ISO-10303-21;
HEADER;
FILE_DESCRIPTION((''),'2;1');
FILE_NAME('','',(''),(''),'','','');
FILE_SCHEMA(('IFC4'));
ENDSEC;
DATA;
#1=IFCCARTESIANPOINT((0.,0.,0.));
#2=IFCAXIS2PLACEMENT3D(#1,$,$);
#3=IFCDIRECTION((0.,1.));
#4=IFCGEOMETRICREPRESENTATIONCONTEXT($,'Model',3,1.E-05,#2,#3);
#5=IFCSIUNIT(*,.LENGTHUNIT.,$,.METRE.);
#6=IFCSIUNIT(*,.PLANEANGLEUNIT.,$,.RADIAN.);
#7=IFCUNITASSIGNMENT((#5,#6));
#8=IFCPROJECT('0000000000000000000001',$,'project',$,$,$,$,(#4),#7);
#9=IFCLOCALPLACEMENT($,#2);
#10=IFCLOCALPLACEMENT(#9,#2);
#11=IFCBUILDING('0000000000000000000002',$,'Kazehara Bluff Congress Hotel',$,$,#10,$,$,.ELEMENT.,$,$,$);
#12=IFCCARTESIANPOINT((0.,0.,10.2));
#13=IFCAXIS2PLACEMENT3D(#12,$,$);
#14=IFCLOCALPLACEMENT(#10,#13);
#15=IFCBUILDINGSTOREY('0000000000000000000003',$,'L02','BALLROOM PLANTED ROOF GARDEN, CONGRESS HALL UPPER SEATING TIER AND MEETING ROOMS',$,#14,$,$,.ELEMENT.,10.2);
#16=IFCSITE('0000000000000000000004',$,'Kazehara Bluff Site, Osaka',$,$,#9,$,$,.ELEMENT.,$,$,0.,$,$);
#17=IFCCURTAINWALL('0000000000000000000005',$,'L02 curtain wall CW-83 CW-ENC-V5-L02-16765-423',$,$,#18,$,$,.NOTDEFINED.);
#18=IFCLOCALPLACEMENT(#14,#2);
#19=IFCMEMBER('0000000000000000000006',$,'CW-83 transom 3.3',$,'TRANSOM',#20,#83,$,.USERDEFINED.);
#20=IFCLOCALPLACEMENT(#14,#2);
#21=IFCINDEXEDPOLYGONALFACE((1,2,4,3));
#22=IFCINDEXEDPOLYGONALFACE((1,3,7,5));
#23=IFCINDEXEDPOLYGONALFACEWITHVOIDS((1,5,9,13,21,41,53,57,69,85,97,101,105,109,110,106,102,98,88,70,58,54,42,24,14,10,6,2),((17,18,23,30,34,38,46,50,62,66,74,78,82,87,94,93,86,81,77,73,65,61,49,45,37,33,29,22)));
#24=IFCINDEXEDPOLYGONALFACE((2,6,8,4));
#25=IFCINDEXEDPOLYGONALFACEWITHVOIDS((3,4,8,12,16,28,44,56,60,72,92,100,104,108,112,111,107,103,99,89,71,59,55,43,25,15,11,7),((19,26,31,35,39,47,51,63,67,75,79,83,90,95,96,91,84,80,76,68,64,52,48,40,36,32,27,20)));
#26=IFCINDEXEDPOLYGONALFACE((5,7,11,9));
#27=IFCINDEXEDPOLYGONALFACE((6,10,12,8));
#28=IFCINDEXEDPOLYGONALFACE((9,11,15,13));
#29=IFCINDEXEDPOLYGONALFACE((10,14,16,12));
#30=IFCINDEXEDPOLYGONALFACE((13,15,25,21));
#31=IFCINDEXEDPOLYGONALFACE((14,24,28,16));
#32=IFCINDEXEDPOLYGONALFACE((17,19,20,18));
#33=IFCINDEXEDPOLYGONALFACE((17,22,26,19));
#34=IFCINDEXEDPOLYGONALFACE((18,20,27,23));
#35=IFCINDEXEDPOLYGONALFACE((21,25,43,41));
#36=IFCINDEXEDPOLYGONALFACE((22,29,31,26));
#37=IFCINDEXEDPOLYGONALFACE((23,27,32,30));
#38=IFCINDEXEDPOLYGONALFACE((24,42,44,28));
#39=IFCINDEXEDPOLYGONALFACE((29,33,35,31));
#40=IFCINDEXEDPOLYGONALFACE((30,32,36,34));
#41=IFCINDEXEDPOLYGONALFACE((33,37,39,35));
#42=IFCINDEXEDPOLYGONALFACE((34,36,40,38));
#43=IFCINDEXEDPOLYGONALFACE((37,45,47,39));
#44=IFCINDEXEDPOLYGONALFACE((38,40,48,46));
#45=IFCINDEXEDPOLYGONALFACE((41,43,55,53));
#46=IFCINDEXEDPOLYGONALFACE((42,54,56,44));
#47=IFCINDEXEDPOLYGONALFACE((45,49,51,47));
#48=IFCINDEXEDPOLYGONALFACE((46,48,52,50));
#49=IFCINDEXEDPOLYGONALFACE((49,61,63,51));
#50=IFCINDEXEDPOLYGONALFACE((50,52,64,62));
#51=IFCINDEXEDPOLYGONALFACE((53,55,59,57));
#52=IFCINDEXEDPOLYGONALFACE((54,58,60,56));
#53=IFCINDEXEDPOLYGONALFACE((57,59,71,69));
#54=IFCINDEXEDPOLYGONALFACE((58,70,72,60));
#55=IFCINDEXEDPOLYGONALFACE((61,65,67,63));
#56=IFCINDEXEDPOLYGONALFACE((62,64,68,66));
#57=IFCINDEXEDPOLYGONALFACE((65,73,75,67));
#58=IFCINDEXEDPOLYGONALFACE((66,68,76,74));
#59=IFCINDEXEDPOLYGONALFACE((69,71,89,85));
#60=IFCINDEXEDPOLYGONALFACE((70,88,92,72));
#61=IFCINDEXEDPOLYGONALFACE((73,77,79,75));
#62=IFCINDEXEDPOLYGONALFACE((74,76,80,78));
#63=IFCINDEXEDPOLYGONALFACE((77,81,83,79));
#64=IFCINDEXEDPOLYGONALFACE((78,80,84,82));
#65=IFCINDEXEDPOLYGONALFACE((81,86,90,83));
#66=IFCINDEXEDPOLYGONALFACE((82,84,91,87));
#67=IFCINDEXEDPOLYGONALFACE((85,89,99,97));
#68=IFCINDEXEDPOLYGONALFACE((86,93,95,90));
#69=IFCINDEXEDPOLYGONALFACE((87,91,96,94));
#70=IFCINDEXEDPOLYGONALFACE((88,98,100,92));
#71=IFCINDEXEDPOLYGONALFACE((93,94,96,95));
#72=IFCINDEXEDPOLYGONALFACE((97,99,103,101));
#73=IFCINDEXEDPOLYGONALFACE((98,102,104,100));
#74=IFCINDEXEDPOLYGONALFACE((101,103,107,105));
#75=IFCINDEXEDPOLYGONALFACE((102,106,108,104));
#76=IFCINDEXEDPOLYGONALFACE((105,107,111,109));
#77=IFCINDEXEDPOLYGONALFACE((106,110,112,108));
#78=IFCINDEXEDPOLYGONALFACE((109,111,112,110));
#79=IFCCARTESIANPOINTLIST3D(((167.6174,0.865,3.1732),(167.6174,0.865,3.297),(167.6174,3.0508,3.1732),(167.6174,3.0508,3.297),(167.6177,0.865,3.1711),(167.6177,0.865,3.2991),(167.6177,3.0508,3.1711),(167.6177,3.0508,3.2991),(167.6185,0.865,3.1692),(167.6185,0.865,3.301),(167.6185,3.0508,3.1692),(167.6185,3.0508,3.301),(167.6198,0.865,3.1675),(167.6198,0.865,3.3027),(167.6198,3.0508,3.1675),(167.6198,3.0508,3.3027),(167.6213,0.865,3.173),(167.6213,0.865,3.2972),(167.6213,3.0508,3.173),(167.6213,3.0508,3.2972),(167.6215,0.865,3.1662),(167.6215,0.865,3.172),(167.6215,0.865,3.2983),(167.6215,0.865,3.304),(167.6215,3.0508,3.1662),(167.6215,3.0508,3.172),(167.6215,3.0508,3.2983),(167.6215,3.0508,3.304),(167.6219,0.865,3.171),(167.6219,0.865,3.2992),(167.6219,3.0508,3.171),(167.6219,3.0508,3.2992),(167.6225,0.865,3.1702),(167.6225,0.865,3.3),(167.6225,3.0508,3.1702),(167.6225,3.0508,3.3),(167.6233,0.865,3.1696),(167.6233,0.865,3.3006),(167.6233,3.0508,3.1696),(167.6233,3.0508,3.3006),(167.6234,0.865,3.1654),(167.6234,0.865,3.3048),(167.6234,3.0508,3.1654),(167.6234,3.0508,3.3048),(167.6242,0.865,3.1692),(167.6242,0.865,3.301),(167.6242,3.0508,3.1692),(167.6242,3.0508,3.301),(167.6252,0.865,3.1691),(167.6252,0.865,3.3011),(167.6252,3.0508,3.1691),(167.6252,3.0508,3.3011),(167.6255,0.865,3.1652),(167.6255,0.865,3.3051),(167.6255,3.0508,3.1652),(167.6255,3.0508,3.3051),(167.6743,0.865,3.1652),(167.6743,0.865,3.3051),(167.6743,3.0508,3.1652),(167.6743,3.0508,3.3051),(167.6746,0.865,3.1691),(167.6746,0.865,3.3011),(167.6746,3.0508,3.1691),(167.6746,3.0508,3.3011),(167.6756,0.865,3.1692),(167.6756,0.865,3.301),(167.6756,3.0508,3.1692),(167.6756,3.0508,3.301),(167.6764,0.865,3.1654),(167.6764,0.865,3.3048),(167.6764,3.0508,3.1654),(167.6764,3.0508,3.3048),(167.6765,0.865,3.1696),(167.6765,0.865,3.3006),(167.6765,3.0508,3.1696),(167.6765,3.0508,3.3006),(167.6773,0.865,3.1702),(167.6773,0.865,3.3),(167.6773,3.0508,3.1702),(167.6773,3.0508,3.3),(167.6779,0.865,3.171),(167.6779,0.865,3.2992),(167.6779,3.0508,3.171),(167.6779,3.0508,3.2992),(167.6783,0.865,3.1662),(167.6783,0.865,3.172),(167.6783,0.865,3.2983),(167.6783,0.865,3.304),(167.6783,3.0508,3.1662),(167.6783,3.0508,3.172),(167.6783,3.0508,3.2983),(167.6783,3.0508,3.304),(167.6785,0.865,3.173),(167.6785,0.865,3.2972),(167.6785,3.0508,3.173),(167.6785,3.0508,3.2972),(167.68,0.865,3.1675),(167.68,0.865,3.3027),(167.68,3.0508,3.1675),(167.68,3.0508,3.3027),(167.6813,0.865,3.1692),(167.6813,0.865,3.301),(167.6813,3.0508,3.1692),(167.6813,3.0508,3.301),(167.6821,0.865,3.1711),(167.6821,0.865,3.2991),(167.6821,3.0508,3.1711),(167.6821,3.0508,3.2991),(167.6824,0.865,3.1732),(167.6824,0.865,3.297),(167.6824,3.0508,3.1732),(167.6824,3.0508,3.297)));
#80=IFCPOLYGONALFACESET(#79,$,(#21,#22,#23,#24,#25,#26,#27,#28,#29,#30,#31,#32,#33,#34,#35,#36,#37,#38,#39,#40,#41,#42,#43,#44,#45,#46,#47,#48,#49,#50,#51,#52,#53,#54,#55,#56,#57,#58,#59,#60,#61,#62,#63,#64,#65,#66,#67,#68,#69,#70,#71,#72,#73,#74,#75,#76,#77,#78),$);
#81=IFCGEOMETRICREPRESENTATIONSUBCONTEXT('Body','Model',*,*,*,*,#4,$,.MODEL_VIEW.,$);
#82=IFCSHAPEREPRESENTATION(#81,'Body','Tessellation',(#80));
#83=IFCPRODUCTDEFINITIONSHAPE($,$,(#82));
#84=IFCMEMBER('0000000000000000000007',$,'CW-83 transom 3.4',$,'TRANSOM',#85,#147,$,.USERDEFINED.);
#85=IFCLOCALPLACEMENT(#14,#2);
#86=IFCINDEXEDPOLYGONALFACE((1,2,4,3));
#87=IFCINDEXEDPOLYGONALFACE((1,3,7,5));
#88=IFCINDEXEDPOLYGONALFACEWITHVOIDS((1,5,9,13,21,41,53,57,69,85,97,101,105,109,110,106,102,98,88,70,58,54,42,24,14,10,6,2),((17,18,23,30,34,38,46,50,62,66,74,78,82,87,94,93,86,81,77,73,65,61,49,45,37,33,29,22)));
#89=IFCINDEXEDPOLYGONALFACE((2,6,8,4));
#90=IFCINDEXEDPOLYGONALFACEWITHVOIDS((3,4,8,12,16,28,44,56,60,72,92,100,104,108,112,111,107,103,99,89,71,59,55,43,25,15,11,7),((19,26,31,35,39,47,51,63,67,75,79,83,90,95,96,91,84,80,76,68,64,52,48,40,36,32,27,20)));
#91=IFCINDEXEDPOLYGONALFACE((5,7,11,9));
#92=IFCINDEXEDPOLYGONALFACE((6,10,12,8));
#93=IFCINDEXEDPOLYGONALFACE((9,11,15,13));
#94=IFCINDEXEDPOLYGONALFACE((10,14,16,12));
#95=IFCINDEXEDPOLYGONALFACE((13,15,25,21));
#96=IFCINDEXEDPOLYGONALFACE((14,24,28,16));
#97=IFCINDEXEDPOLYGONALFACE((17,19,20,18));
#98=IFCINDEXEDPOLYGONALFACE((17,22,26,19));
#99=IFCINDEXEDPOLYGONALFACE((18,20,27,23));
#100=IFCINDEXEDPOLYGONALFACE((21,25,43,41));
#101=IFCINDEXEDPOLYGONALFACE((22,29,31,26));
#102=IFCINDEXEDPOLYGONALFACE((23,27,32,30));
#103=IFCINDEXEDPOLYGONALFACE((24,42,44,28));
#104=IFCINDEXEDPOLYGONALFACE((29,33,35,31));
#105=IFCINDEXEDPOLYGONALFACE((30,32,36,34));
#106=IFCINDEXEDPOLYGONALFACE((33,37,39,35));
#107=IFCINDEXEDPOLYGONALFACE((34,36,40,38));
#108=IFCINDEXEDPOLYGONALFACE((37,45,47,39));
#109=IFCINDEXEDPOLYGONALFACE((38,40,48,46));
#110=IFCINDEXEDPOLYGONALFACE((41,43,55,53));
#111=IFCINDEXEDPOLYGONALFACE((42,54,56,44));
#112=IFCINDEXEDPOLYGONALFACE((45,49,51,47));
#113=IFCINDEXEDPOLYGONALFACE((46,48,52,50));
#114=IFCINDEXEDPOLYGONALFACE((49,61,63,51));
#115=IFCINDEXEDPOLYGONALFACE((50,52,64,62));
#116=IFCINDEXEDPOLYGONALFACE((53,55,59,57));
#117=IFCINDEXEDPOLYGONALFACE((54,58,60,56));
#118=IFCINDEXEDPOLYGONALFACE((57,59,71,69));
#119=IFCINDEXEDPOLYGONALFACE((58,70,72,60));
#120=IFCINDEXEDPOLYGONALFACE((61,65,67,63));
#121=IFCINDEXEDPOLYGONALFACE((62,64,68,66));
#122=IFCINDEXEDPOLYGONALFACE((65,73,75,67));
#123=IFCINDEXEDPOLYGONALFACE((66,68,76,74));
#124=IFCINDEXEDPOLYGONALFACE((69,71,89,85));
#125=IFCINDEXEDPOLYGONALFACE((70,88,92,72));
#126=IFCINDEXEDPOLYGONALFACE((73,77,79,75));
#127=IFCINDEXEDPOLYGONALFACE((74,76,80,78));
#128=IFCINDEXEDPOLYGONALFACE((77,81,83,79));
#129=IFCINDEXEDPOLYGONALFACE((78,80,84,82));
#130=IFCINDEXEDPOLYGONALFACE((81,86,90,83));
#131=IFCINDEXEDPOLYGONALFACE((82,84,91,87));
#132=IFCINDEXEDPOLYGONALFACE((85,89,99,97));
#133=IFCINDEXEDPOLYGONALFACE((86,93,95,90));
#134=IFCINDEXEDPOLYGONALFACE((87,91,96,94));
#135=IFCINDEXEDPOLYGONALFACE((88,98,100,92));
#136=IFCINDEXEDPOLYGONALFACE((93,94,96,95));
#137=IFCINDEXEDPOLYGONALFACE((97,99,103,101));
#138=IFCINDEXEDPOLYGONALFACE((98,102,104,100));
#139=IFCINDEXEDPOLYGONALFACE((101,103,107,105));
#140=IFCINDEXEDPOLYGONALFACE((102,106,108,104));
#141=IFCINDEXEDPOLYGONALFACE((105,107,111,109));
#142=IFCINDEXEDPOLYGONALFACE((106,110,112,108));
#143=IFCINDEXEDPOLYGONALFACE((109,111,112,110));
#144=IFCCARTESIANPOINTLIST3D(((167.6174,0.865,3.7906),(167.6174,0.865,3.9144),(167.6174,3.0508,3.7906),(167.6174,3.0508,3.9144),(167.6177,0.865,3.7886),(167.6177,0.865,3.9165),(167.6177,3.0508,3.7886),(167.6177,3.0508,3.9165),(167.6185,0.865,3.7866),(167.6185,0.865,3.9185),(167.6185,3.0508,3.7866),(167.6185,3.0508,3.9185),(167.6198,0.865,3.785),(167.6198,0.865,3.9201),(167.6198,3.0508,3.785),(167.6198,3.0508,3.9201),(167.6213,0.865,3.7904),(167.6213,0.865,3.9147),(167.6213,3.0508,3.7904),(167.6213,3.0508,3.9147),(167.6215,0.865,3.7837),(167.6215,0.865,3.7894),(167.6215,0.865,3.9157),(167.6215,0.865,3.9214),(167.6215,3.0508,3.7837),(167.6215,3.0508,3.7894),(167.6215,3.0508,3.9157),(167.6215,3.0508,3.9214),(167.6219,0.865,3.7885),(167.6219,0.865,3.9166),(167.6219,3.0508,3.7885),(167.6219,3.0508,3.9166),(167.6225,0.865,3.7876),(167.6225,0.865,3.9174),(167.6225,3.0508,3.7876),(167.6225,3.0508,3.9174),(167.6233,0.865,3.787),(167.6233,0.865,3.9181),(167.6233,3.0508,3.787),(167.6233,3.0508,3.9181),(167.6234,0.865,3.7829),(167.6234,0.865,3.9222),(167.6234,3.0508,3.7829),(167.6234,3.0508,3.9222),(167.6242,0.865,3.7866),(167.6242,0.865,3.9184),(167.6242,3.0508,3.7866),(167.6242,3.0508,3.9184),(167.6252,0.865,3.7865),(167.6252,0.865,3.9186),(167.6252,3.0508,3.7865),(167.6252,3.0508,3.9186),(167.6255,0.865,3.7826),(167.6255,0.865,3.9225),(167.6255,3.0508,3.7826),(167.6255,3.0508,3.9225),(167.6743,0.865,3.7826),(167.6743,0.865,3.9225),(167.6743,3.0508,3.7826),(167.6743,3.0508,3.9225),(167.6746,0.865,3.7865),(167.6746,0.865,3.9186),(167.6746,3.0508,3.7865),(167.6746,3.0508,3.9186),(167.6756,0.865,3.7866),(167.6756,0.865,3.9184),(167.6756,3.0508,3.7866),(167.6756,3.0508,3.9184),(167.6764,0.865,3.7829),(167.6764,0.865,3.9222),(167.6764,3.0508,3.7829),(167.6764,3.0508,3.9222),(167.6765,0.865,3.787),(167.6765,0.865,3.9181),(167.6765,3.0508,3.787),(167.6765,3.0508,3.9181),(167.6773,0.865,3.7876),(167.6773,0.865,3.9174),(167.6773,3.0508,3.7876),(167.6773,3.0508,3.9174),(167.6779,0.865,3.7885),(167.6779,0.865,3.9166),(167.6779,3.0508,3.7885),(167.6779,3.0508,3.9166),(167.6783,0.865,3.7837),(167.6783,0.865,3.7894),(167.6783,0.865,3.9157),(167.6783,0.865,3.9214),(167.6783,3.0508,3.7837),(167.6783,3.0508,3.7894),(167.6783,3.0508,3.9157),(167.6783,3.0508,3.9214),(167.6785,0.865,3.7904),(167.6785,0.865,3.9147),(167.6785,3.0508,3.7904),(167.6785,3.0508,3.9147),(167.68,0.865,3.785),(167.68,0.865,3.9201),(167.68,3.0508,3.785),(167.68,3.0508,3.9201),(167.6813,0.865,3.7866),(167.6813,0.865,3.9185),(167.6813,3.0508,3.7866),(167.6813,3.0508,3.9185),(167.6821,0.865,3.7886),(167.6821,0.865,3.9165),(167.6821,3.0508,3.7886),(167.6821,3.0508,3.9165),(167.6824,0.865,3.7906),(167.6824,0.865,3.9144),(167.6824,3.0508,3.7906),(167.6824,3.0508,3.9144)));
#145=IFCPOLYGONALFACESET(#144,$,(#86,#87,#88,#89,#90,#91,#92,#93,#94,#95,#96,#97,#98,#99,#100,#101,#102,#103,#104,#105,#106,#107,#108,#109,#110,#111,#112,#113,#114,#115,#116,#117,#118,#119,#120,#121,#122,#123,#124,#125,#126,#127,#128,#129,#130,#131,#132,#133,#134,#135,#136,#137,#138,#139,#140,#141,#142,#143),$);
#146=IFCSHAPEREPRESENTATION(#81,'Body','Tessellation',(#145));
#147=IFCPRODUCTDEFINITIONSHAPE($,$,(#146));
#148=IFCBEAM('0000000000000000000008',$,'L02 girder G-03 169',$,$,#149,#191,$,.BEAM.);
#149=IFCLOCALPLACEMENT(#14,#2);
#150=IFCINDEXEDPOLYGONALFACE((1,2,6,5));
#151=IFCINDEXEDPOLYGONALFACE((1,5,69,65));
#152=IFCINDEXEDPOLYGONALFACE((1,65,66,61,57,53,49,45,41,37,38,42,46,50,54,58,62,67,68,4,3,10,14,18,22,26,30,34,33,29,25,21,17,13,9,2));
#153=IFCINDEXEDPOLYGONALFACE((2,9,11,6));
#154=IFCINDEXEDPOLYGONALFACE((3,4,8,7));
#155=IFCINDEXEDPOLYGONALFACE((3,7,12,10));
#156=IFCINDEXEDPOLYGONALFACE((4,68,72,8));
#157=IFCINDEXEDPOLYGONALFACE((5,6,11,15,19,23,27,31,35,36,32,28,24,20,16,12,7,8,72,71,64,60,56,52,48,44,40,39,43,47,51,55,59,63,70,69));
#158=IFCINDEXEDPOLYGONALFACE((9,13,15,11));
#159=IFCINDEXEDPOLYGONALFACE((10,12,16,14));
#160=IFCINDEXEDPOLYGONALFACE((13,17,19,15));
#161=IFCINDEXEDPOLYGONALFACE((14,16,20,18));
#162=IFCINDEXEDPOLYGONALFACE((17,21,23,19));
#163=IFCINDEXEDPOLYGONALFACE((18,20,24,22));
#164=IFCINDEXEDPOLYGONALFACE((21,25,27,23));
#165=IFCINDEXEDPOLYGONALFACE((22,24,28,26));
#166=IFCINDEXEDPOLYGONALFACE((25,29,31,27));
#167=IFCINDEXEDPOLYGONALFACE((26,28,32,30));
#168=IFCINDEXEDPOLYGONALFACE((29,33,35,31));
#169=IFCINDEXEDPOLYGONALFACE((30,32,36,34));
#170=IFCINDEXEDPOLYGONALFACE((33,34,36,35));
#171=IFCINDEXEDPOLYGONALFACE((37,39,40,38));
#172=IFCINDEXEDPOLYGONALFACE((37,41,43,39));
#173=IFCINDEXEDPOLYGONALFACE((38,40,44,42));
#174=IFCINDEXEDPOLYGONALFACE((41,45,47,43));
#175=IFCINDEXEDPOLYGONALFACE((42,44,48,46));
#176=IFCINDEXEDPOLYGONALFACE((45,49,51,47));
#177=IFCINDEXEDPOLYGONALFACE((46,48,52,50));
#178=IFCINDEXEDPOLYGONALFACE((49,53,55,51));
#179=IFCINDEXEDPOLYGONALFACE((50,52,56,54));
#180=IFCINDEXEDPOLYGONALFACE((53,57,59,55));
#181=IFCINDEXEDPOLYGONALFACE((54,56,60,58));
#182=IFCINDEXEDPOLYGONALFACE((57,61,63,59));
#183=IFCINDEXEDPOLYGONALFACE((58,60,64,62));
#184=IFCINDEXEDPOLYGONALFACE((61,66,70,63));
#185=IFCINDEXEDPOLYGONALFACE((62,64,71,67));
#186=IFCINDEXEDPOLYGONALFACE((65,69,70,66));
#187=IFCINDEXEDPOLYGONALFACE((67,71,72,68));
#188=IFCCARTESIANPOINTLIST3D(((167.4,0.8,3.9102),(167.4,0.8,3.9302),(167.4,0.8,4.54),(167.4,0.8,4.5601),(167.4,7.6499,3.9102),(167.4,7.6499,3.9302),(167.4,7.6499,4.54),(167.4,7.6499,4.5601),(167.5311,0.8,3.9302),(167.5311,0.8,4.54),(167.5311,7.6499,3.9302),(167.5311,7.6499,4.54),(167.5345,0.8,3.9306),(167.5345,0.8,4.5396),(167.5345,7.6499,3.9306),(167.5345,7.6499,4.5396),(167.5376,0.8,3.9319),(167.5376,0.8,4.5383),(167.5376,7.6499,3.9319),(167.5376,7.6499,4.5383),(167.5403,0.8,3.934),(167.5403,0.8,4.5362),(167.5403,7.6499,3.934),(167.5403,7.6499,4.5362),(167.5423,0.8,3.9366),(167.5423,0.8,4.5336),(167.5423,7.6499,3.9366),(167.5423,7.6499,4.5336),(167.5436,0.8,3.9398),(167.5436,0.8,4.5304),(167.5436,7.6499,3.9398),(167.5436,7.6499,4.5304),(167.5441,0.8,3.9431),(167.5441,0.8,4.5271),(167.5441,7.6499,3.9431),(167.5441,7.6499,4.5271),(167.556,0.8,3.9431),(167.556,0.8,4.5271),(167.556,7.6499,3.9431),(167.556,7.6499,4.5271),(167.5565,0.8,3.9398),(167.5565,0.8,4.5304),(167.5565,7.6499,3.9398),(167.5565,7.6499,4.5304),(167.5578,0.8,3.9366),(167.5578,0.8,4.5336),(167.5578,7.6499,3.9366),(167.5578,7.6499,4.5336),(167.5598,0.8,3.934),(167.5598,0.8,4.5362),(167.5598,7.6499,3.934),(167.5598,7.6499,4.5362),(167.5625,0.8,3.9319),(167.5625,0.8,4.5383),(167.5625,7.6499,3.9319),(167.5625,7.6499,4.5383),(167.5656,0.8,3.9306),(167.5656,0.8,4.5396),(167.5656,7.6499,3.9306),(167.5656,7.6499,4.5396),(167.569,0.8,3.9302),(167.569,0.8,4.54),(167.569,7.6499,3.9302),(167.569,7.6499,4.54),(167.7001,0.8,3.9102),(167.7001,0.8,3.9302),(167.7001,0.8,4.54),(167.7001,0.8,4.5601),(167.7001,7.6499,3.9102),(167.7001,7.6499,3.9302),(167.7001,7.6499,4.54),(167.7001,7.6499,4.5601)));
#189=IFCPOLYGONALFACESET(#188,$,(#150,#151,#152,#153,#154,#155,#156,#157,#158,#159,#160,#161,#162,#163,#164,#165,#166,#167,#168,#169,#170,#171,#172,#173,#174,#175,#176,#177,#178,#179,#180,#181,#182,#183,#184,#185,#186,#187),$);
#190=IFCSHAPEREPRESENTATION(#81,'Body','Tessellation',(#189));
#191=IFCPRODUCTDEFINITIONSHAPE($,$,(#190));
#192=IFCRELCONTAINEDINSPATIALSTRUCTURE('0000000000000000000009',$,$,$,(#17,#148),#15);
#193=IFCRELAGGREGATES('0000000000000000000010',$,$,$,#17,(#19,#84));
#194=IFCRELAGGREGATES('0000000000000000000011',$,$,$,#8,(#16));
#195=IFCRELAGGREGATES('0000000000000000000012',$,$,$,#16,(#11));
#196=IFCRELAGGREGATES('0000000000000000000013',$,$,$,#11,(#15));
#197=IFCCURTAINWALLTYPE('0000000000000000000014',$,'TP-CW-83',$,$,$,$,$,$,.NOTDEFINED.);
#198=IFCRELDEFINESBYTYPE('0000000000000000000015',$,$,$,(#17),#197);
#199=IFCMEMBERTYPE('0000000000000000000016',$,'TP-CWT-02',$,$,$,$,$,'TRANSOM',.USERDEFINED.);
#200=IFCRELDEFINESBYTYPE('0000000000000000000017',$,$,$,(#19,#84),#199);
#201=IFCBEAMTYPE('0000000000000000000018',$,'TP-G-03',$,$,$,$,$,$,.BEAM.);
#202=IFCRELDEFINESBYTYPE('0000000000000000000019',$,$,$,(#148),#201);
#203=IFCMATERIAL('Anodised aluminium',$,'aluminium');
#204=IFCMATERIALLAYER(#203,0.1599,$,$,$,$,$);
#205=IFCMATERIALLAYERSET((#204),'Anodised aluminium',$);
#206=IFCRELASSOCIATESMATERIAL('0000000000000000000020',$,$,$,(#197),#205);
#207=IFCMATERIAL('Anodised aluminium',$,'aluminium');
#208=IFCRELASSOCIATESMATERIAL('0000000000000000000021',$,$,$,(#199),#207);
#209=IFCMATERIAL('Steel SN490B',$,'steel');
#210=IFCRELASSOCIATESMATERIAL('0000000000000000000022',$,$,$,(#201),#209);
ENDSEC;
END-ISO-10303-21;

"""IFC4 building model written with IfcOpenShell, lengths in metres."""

from ifc_helpers import new_model, si_unit, direction, frame, origin, origin_2d, place, context, subcontext, project, spatial, hollow_rectangle, i_section, extrude, material, layer, layer_set, material_profile, profile_set, type_object, element, aggregate, save


model = new_model("IFC4")

# Units and contexts
model_context = context("Model", 3, precision=1e-05, world=origin(), true_north=direction((0.0, 1.0)))
body_context = subcontext(model_context, "Body", "Model", "MODEL_VIEW")
ifc_project = project(units=[si_unit("LENGTHUNIT", "METRE"), si_unit("PLANEANGLEUNIT", "RADIAN")], contexts=[model_context])

# Site, building, storey
site_placement = place(None, origin())
site = spatial("IfcSite", under=ifc_project, at=site_placement, Name="Kazehara Bluff Site, Osaka", CompositionType="ELEMENT", RefElevation=0.0)
building_placement = place(site_placement, origin())
building = spatial("IfcBuilding", under=site, at=building_placement, Name="Kazehara Bluff Congress Hotel", CompositionType="ELEMENT")
storey_placement = place(building_placement, frame((0.0, 0.0, 10.2)))
storey = spatial("IfcBuildingStorey", under=building, at=storey_placement, Name="L02", Description="BALLROOM PLANTED ROOF GARDEN, CONGRESS HALL UPPER SEATING TIER AND MEETING ROOMS", CompositionType="ELEMENT", Elevation=10.2)

# Curtain wall
ifc_material_1 = material(Name="Anodised aluminium", Category="aluminium")
ifc_layer_1 = layer(ifc_material_1, 0.1599)
ifc_layer_set_1 = layer_set([ifc_layer_1], Name="Anodised aluminium")
curtain_wall_type_1 = type_object("IfcCurtainWallType", Name="TP-CW-83", PredefinedType="NOTDEFINED", material=ifc_layer_set_1)
curtain_wall_1_placement = place(storey_placement, origin())
curtain_wall_1 = element("IfcCurtainWall", 1, at=curtain_wall_1_placement, inside=storey, type_object=curtain_wall_type_1, Name="L02 curtain wall CW-83 CW-ENC-V5-L02-16765-423", PredefinedType="NOTDEFINED")

# Members
ifc_material_2 = material(Name="Anodised aluminium", Category="aluminium")
ifc_material_profile_1 = material_profile(ifc_material_2, hollow_rectangle(XDim=0.0649, YDim=0.1399, WallThickness=0.0039, InnerFilletRadius=0.0039, OuterFilletRadius=0.0081, at=origin_2d()))
ifc_profile_set_1 = profile_set([ifc_material_profile_1], Name="Anodised aluminium")
member_type_1 = type_object("IfcMemberType", Name="TP-CWT-02", ElementType="TRANSOM", PredefinedType="USERDEFINED", material=ifc_profile_set_1)
member_1_placement = place(storey_placement, frame((167.6499, 3.0508, 3.2351), z_axis=(0.0, -1.0, 0.0), x_axis=(1.0, 0.0, 0.0)))
member_1 = element("IfcMember", 2, at=member_1_placement, type_object=member_type_1, Name="CW-83 transom 3.3", ObjectType="TRANSOM", PredefinedType="USERDEFINED", context=body_context, shape_type="SweptSolid", body=[
    extrude(hollow_rectangle(XDim=0.0649, YDim=0.1399, WallThickness=0.0039, InnerFilletRadius=0.0039, OuterFilletRadius=0.0081, at=origin_2d()), origin(), (0.0, 0.0, 1.0), 2.1858),
])
member_2_placement = place(storey_placement, frame((167.6499, 3.0508, 3.8525), z_axis=(0.0, -1.0, 0.0), x_axis=(1.0, 0.0, 0.0)))
member_2 = element("IfcMember", 3, at=member_2_placement, type_object=member_type_1, Name="CW-83 transom 3.4", ObjectType="TRANSOM", PredefinedType="USERDEFINED", context=body_context, shape_type="SweptSolid", body=[
    extrude(hollow_rectangle(XDim=0.0649, YDim=0.1399, WallThickness=0.0039, InnerFilletRadius=0.0039, OuterFilletRadius=0.0081, at=origin_2d()), origin(), (0.0, 0.0, 1.0), 2.1858),
])

# Beam
ifc_material_3 = material(Name="Steel SN490B", Category="steel")
ifc_material_profile_2 = material_profile(ifc_material_3, i_section(OverallWidth=0.3, OverallDepth=0.6499, WebThickness=0.012, FlangeThickness=0.02, FilletRadius=0.0129, at=origin_2d()))
ifc_profile_set_2 = profile_set([ifc_material_profile_2], Name="Steel SN490B")
beam_type = type_object("IfcBeamType", Name="TP-G-03", PredefinedType="BEAM", material=ifc_profile_set_2)
beam_placement = place(storey_placement, frame((167.55, 0.8, 4.2351), z_axis=(0.0, 1.0, 0.0), x_axis=(-1.0, 0.0, 0.0)))
element("IfcBeam", 4, at=beam_placement, inside=storey, type_object=beam_type, Name="L02 girder G-03 169", PredefinedType="BEAM", context=body_context, shape_type="SweptSolid", body=[
    extrude(i_section(OverallWidth=0.3, OverallDepth=0.6499, WebThickness=0.012, FlangeThickness=0.02, FilletRadius=0.0129, at=origin_2d()), origin(), (0.0, 0.0, 1.0), 6.8499),
])

aggregate(curtain_wall_1, [member_1, member_2])

save(model, "model.ifc")
